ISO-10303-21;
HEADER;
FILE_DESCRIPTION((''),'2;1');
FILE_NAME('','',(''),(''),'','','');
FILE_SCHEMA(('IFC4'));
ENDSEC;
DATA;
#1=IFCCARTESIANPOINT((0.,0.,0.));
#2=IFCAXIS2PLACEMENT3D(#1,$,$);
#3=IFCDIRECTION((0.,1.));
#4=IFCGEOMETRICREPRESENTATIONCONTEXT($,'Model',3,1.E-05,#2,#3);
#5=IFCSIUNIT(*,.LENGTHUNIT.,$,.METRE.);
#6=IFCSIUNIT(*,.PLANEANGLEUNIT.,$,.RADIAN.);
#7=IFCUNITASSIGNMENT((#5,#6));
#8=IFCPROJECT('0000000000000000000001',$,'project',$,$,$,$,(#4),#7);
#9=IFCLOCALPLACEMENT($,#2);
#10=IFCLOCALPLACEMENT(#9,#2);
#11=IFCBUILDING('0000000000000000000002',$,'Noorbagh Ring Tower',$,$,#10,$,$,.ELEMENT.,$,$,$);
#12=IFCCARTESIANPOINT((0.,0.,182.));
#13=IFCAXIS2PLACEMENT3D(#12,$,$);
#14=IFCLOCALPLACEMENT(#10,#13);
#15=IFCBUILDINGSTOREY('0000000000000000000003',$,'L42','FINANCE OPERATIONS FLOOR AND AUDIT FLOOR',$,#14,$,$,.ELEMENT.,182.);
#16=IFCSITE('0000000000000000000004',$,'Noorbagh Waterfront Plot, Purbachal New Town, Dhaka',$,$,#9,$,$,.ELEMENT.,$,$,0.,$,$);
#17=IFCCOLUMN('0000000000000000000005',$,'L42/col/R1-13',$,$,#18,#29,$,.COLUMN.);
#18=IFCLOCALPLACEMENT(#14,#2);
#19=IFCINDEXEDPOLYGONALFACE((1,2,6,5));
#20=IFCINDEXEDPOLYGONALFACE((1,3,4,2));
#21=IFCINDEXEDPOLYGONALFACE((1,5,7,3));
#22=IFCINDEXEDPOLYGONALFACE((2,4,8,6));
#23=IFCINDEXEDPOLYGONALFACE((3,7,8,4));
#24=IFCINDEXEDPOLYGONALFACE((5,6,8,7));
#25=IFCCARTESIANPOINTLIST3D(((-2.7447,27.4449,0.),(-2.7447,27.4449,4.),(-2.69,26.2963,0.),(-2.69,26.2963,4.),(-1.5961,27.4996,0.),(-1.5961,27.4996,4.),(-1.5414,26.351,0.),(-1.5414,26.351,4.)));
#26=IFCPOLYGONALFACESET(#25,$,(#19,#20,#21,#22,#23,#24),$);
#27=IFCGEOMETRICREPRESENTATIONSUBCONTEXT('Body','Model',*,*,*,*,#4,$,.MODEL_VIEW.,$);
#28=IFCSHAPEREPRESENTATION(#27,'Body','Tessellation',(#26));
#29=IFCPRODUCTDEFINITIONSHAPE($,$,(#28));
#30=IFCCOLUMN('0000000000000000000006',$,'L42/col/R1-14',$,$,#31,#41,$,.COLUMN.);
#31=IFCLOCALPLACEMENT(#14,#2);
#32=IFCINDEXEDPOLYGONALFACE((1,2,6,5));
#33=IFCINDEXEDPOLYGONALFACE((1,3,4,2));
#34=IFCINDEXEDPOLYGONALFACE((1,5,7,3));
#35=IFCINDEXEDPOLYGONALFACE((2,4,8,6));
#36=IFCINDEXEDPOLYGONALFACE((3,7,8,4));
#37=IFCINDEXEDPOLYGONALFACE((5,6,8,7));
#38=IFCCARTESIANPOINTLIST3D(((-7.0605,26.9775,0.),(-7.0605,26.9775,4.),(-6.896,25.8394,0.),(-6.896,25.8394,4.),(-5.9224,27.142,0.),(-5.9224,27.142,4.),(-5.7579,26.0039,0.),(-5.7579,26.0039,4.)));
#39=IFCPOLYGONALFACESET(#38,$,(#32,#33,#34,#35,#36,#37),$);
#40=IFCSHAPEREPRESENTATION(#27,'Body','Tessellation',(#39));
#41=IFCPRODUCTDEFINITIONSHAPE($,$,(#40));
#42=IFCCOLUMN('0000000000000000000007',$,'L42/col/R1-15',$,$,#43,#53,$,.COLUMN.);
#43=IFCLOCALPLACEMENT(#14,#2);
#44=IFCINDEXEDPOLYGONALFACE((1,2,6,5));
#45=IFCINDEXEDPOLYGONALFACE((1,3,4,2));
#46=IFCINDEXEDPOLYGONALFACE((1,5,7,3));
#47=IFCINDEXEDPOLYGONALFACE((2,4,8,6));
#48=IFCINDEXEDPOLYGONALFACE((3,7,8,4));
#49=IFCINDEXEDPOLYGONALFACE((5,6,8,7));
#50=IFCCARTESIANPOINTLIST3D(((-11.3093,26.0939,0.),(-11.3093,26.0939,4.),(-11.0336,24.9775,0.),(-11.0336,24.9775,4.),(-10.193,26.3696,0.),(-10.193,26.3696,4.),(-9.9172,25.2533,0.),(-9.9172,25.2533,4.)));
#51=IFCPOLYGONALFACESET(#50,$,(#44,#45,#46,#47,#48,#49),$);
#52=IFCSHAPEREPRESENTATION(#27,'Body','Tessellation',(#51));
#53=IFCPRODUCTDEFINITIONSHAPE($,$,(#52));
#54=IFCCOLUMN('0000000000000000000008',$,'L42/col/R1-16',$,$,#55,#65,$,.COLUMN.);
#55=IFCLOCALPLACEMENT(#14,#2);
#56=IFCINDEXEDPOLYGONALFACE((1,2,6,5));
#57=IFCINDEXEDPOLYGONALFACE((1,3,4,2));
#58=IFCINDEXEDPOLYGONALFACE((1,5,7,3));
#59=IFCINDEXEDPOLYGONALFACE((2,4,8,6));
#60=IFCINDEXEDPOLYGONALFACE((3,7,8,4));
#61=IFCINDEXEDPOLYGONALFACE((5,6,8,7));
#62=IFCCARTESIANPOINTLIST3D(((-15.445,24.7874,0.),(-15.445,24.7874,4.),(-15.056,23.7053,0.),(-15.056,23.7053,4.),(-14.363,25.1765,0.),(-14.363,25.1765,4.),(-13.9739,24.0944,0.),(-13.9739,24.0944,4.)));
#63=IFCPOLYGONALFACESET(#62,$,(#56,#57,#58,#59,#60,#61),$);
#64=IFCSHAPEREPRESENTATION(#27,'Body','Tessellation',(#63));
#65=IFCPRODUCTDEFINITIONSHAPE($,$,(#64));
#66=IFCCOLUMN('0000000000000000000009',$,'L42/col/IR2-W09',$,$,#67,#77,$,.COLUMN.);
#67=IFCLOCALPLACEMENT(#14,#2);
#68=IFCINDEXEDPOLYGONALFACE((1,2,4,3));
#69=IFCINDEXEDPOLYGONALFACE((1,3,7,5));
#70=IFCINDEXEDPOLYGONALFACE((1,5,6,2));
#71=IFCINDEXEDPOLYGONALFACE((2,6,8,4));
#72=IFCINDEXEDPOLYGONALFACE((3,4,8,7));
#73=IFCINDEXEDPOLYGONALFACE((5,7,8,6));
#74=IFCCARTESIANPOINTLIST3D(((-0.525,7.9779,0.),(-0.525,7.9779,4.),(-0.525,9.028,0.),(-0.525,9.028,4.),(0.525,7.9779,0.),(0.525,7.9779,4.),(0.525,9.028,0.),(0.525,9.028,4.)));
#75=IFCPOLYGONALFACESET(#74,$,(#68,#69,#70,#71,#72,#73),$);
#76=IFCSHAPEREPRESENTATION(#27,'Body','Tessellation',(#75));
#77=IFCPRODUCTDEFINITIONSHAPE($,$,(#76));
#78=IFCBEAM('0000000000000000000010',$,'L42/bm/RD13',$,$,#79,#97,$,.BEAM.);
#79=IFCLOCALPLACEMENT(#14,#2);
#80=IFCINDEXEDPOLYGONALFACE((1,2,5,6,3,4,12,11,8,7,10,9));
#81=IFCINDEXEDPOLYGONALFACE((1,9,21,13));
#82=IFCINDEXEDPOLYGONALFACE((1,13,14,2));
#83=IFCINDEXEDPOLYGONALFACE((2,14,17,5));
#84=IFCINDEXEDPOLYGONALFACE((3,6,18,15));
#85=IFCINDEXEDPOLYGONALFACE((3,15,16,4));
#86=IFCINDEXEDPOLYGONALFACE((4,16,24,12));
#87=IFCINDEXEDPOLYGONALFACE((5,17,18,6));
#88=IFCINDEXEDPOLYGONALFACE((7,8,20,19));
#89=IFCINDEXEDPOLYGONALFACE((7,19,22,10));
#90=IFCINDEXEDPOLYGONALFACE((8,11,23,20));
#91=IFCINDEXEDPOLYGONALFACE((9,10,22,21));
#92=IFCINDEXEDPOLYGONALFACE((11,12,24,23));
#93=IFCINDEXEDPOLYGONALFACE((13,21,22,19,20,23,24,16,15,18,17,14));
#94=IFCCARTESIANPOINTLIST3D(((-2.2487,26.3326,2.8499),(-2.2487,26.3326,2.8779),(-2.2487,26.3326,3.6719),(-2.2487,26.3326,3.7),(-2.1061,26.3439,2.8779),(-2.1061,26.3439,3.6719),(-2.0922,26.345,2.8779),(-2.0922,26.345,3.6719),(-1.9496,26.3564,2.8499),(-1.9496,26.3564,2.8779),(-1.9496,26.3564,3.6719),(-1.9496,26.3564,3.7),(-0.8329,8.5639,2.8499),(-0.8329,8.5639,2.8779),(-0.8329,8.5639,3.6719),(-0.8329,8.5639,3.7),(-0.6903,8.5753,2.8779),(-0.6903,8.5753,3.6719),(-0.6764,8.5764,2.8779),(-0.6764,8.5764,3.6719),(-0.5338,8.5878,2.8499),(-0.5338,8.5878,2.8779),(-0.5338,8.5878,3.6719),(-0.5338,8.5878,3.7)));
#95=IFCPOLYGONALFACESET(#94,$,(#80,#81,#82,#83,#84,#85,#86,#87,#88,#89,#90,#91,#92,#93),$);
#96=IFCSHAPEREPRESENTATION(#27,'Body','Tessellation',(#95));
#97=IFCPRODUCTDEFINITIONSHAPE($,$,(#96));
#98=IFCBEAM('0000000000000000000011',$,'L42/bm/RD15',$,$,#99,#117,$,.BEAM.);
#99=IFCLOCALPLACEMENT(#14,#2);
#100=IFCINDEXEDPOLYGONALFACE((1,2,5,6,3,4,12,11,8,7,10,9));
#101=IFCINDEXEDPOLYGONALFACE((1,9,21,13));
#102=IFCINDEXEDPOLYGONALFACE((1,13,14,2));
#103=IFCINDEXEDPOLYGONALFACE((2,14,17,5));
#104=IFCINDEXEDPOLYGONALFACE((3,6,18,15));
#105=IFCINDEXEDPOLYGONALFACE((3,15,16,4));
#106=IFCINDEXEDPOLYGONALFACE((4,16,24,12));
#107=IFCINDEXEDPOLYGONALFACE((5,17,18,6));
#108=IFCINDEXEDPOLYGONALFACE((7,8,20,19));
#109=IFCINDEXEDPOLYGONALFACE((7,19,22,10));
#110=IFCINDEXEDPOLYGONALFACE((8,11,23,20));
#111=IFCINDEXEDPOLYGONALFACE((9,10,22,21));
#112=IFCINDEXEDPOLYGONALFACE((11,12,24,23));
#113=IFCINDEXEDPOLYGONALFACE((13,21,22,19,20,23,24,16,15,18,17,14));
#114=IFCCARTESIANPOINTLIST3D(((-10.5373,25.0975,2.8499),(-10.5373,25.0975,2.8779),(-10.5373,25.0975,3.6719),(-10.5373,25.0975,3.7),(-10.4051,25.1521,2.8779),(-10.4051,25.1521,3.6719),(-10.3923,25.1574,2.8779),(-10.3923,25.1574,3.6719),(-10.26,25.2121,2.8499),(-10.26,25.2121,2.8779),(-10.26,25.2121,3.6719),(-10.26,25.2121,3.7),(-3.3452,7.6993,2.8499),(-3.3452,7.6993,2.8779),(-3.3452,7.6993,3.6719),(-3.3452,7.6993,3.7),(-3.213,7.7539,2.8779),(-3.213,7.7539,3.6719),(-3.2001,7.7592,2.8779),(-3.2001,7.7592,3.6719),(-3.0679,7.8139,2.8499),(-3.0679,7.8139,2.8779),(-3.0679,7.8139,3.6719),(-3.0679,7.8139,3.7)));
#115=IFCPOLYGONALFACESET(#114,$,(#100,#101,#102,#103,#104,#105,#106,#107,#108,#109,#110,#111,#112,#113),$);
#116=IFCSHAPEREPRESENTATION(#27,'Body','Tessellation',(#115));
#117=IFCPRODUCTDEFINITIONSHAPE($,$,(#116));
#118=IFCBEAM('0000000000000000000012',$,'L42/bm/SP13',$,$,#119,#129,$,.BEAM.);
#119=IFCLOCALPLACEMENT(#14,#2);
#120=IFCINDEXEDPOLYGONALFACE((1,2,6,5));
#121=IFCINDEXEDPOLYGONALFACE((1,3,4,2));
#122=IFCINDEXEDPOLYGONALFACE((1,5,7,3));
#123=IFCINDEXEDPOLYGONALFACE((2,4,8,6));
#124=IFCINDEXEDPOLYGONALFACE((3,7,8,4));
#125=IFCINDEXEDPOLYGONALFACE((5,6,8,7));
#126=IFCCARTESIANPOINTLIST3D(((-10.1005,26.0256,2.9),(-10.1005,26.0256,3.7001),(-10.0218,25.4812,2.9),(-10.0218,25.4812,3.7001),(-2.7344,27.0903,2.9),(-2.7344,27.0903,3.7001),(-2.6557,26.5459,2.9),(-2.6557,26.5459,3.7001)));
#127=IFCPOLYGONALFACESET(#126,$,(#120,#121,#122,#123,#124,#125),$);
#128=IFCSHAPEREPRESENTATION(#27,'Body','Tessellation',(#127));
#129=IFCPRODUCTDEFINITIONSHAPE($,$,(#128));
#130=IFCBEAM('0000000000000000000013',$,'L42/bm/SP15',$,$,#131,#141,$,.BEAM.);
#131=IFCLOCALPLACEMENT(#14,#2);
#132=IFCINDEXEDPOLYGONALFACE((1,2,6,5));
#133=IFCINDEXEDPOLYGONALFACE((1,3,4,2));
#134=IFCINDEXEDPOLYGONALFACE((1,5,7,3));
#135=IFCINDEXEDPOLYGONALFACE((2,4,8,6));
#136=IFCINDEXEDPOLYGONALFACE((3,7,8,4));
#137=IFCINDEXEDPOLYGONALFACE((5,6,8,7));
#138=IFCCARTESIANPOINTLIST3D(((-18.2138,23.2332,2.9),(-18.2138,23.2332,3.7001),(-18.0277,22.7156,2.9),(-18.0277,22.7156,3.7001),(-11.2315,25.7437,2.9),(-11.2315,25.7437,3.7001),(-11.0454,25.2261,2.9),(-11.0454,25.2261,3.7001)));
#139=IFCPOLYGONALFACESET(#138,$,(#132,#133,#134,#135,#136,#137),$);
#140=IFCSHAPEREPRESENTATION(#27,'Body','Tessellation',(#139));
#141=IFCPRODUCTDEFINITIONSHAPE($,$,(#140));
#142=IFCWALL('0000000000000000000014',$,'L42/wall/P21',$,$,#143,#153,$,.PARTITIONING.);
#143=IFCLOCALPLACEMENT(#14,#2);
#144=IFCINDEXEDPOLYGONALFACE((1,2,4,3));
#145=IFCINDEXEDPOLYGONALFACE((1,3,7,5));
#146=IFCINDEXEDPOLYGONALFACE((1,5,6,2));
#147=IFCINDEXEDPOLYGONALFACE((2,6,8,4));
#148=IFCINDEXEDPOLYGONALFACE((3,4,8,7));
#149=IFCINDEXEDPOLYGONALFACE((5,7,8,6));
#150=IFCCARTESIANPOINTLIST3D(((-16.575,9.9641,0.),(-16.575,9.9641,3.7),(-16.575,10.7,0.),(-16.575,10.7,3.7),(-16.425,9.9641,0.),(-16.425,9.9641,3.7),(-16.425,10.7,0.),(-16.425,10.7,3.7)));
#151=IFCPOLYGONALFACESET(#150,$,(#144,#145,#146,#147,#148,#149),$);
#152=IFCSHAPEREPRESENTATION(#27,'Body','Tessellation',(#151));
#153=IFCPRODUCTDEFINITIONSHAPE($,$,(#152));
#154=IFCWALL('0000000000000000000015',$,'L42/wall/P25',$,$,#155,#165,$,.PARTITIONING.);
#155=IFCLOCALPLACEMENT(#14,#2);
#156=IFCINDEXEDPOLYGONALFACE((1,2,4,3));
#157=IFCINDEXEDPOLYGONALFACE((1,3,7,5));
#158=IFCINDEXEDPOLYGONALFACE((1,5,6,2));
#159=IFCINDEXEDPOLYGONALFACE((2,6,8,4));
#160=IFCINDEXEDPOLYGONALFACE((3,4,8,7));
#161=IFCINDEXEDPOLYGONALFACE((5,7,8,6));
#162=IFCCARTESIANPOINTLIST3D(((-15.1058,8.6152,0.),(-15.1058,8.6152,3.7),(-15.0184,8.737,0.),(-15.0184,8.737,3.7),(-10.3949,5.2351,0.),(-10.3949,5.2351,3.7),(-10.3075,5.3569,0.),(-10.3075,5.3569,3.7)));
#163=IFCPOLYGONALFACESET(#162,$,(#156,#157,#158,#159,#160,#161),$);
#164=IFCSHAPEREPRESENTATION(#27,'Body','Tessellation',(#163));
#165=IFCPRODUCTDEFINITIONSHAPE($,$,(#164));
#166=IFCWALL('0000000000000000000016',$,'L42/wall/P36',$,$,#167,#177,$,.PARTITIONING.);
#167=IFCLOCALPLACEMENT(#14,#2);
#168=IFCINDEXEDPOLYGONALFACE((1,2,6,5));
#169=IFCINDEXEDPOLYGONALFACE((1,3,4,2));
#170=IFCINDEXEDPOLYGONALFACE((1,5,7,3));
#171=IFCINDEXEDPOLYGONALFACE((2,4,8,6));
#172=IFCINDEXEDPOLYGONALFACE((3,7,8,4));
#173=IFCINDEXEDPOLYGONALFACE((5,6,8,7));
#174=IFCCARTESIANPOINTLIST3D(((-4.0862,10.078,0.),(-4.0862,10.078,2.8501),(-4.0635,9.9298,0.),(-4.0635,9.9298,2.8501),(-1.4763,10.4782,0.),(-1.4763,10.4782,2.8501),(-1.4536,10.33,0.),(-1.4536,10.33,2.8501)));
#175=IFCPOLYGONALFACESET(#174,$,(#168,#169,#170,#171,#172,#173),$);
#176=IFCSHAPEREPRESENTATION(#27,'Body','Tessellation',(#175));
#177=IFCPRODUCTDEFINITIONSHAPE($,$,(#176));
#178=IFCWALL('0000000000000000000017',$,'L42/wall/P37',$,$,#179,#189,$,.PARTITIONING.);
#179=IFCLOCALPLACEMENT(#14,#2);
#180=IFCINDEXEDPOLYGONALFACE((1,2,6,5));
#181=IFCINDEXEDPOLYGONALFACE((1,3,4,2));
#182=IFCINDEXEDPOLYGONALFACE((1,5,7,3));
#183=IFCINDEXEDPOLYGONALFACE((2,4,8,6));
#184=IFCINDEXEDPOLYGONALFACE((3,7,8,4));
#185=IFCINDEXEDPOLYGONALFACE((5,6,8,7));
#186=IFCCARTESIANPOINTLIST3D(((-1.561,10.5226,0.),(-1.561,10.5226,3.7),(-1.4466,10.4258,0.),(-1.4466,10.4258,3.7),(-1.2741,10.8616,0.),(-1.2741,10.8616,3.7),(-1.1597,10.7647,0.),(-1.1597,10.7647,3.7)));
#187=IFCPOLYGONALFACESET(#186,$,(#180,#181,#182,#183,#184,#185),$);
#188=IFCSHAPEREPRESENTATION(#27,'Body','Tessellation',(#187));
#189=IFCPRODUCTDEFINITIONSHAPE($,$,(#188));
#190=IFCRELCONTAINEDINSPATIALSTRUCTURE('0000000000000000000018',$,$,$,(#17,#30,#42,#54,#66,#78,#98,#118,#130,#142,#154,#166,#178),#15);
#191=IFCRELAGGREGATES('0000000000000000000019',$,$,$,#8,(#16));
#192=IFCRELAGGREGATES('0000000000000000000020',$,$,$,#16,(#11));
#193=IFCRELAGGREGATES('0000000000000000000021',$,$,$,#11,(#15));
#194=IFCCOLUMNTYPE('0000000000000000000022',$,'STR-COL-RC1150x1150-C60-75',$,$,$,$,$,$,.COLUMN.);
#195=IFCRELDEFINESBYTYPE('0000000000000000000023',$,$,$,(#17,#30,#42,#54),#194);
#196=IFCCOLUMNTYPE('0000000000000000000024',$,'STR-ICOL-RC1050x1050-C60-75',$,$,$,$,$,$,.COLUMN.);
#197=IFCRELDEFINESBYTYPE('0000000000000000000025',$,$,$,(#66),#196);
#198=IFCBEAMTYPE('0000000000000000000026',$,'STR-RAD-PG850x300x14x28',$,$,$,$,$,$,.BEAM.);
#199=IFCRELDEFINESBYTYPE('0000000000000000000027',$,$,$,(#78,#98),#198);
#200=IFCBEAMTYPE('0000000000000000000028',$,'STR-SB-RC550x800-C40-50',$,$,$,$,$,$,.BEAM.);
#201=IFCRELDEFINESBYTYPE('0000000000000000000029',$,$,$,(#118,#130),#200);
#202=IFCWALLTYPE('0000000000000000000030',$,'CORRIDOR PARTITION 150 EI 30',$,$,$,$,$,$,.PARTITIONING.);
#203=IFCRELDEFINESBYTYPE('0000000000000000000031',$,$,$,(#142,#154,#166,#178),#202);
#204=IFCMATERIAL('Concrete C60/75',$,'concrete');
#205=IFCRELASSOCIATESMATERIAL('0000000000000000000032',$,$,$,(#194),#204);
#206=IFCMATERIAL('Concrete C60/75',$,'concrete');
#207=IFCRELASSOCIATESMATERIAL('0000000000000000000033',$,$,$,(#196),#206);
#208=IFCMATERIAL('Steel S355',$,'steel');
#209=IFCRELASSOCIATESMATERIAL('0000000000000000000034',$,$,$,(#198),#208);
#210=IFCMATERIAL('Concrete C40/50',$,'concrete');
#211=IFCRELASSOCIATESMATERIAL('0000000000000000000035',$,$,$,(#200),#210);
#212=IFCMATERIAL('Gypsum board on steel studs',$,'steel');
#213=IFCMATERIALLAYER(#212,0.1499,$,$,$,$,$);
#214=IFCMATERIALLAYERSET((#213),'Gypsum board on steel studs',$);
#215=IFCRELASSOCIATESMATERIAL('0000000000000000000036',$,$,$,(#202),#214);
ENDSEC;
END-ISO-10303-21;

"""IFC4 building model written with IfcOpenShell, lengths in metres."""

from ifc_helpers import new_model, si_unit, direction, frame, frame_2d, origin, origin_2d, place, context, subcontext, project, spatial, rectangle, i_section, extrude, material, layer, layer_set, material_profile, profile_set, type_object, element, save


model = new_model("IFC4")

# Units and contexts
model_context = context("Model", 3, precision=1e-05, world=origin(), true_north=direction((0.0, 1.0)))
body_context = subcontext(model_context, "Body", "Model", "MODEL_VIEW")
ifc_project = project(units=[si_unit("LENGTHUNIT", "METRE"), si_unit("PLANEANGLEUNIT", "RADIAN")], contexts=[model_context])

# Site, building, storey
site_placement = place(None, origin())
site = spatial("IfcSite", under=ifc_project, at=site_placement, Name="Noorbagh Waterfront Plot, Purbachal New Town, Dhaka", CompositionType="ELEMENT", RefElevation=0.0)
building_placement = place(site_placement, origin())
building = spatial("IfcBuilding", under=site, at=building_placement, Name="Noorbagh Ring Tower", CompositionType="ELEMENT")
storey_placement = place(building_placement, frame((0.0, 0.0, 182.0)))
storey = spatial("IfcBuildingStorey", under=building, at=storey_placement, Name="L42", Description="FINANCE OPERATIONS FLOOR AND AUDIT FLOOR", CompositionType="ELEMENT", Elevation=182.0)

# Columns
ifc_material_1 = material(Name="Concrete C60/75", Category="concrete")
ifc_material_profile_1 = material_profile(ifc_material_1, rectangle(XDim=1.1499, YDim=1.1499, at=origin_2d()), Name="RC1150x1150")
ifc_profile_set_1 = profile_set([ifc_material_profile_1], Name="Concrete C60/75")
column_type_1 = type_object("IfcColumnType", Name="STR-COL-RC1150x1150-C60-75", PredefinedType="COLUMN", material=ifc_profile_set_1)
for number, where, z_axis, x_axis, name in (
    (1, (-2.1431, 26.8979, 0.0), (0.0, 0.0, 1.0), (-0.998869, -0.047553, 0.0), "L42/col/R1-13"),
    (2, (-6.4092, 26.4907, 0.0), (0.0, 0.0, 1.0), (-0.989713, -0.143066, 0.0), "L42/col/R1-14"),
    (3, (-10.6133, 25.6736, 0.0), (0.0, 0.0, 1.0), (-0.970829, -0.239771, 0.0), "L42/col/R1-15"),
    (4, (-14.7095, 24.4409, 0.0), (0.0, 0.0, 1.0), (-0.941025, -0.338338, 0.0), "L42/col/R1-16"),
):
    element("IfcColumn", number, at=place(storey_placement, frame(where, z_axis=z_axis, x_axis=x_axis)), inside=storey, type_object=column_type_1, Name=name, PredefinedType="COLUMN", context=body_context, shape_type="SweptSolid", body=[
        extrude(rectangle(XDim=1.1499, YDim=1.1499, at=origin_2d()), origin(), (0.0, 0.0, 1.0), 4.0),
    ])
ifc_material_2 = material(Name="Concrete C60/75", Category="concrete")
ifc_material_profile_2 = material_profile(ifc_material_2, rectangle(XDim=1.05, YDim=1.05, at=origin_2d()), Name="RC1050x1050")
ifc_profile_set_2 = profile_set([ifc_material_profile_2], Name="Concrete C60/75")
column_type_2 = type_object("IfcColumnType", Name="STR-ICOL-RC1050x1050-C60-75", PredefinedType="COLUMN", material=ifc_profile_set_2)
column_placement = place(storey_placement, frame((0.0, 8.5029, 0.0), z_axis=(0.0, 0.0, 1.0), x_axis=(-1.0, 0.0, 0.0)))
element("IfcColumn", 5, at=column_placement, inside=storey, type_object=column_type_2, Name="L42/col/IR2-W09", PredefinedType="COLUMN", context=body_context, shape_type="SweptSolid", body=[
    extrude(rectangle(XDim=1.05, YDim=1.05, at=origin_2d()), origin(), (0.0, 0.0, 1.0), 4.0),
])

# Beams
ifc_material_3 = material(Name="Steel S355", Category="steel")
ifc_material_profile_3 = material_profile(ifc_material_3, i_section(OverallWidth=0.3, OverallDepth=0.8501, WebThickness=0.0139, FlangeThickness=0.0281, at=origin_2d()), Name="PG850x300x14x28")
ifc_profile_set_3 = profile_set([ifc_material_profile_3], Name="Steel S355")
beam_type_1 = type_object("IfcBeamType", Name="STR-RAD-PG850x300x14x28", PredefinedType="BEAM", material=ifc_profile_set_3)
beam_1_placement = place(storey_placement, frame((-2.0991, 26.3445, 3.2749), z_axis=(0.079427, -0.996841, 0.0), x_axis=(0.996841, 0.079427, 0.0)))
element("IfcBeam", 6, at=beam_1_placement, inside=storey, type_object=beam_type_1, Name="L42/bm/RD13", PredefinedType="BEAM", context=body_context, shape_type="SweptSolid", body=[
    extrude(i_section(OverallWidth=0.3, OverallDepth=0.8501, WebThickness=0.0139, FlangeThickness=0.0281, at=origin_2d()), origin(), (0.0, 0.0, 1.0), 17.825),
])
beam_2_placement = place(storey_placement, frame((-10.3987, 25.1548, 3.2749), z_axis=(0.382029, -0.92415, 0.0), x_axis=(0.92415, 0.382029, 0.0)))
element("IfcBeam", 7, at=beam_2_placement, inside=storey, type_object=beam_type_1, Name="L42/bm/RD15", PredefinedType="BEAM", context=body_context, shape_type="SweptSolid", body=[
    extrude(i_section(OverallWidth=0.3, OverallDepth=0.8501, WebThickness=0.0139, FlangeThickness=0.0281, at=origin_2d()), origin(), (0.0, 0.0, 1.0), 18.8262),
])
ifc_material_4 = material(Name="Concrete C40/50", Category="concrete")
ifc_material_profile_4 = material_profile(ifc_material_4, rectangle(XDim=0.55, YDim=0.8, at=origin_2d()), Name="RC550x800")
ifc_profile_set_4 = profile_set([ifc_material_profile_4], Name="Concrete C40/50")
beam_type_2 = type_object("IfcBeamType", Name="STR-SB-RC550x800-C40-50", PredefinedType="BEAM", material=ifc_profile_set_4)
beam_3_placement = place(storey_placement, frame((-2.6951, 26.8181, 3.3), z_axis=(-0.989715, -0.143056, 0.0), x_axis=(0.143056, -0.989715, 0.0)))
element("IfcBeam", 8, at=beam_3_placement, inside=storey, type_object=beam_type_2, Name="L42/bm/SP13", PredefinedType="BEAM", context=body_context, shape_type="SweptSolid", body=[
    extrude(rectangle(XDim=0.55, YDim=0.8, at=origin_2d()), origin(), (0.0, 0.0, 1.0), 7.4426),
])
beam_4_placement = place(storey_placement, frame((-11.1384, 25.4849, 3.3), z_axis=(-0.941024, -0.338341, 0.0), x_axis=(0.338341, -0.941024, 0.0)))
element("IfcBeam", 9, at=beam_4_placement, inside=storey, type_object=beam_type_2, Name="L42/bm/SP15", PredefinedType="BEAM", context=body_context, shape_type="SweptSolid", body=[
    extrude(rectangle(XDim=0.55, YDim=0.8, at=origin_2d()), origin(), (0.0, 0.0, 1.0), 7.4199),
])

# Walls
ifc_material_5 = material(Name="Gypsum board on steel studs", Category="steel")
ifc_layer_1 = layer(ifc_material_5, 0.1499)
ifc_layer_set_1 = layer_set([ifc_layer_1], Name="Gypsum board on steel studs")
wall_type_1 = type_object("IfcWallType", Name="CORRIDOR PARTITION 150 EI 30", PredefinedType="PARTITIONING", material=ifc_layer_set_1)
wall_1_placement = place(storey_placement, frame((-16.5, 9.9641, 0.0), z_axis=(0.0, 0.0, 1.0), x_axis=(0.0, 1.0, 0.0)))
element("IfcWall", 10, at=wall_1_placement, inside=storey, type_object=wall_type_1, Name="L42/wall/P21", PredefinedType="PARTITIONING", context=body_context, shape_type="SweptSolid", body=[
    extrude(rectangle(XDim=0.7358, YDim=0.1499, at=frame_2d((0.3679, 0.0))), origin(), (0.0, 0.0, 1.0), 3.7),
])
wall_2_placement = place(storey_placement, frame((-15.062, 8.676, 0.0), z_axis=(0.0, 0.0, 1.0), x_axis=(0.812494, -0.58297, 0.0)))
element("IfcWall", 11, at=wall_2_placement, inside=storey, type_object=wall_type_1, Name="L42/wall/P25", PredefinedType="PARTITIONING", context=body_context, shape_type="SweptSolid", body=[
    extrude(rectangle(XDim=5.7981, YDim=0.1499, at=frame_2d((2.8989, 0.0))), origin(), (0.0, 0.0, 1.0), 3.7),
])
wall_3_placement = place(storey_placement, frame((-4.075, 10.0039, 0.0), z_axis=(0.0, 0.0, 1.0), x_axis=(0.98845, 0.15155, 0.0)))
element("IfcWall", 12, at=wall_3_placement, inside=storey, type_object=wall_type_1, Name="L42/wall/P36", PredefinedType="PARTITIONING", context=body_context, shape_type="SweptSolid", body=[
    extrude(rectangle(XDim=2.6404, YDim=0.1499, at=frame_2d((1.3203, 0.0))), origin(), (0.0, 0.0, 1.0), 2.8501),
])
wall_4_placement = place(storey_placement, frame((-1.5039, 10.4741, 0.0), z_axis=(0.0, 0.0, 1.0), x_axis=(0.646115, 0.76324, 0.0)))
element("IfcWall", 13, at=wall_4_placement, inside=storey, type_object=wall_type_1, Name="L42/wall/P37", PredefinedType="PARTITIONING", context=body_context, shape_type="SweptSolid", body=[
    extrude(rectangle(XDim=0.4441, YDim=0.1499, at=frame_2d((0.2222, 0.0))), origin(), (0.0, 0.0, 1.0), 3.7),
])

save(model, "model.ifc")
